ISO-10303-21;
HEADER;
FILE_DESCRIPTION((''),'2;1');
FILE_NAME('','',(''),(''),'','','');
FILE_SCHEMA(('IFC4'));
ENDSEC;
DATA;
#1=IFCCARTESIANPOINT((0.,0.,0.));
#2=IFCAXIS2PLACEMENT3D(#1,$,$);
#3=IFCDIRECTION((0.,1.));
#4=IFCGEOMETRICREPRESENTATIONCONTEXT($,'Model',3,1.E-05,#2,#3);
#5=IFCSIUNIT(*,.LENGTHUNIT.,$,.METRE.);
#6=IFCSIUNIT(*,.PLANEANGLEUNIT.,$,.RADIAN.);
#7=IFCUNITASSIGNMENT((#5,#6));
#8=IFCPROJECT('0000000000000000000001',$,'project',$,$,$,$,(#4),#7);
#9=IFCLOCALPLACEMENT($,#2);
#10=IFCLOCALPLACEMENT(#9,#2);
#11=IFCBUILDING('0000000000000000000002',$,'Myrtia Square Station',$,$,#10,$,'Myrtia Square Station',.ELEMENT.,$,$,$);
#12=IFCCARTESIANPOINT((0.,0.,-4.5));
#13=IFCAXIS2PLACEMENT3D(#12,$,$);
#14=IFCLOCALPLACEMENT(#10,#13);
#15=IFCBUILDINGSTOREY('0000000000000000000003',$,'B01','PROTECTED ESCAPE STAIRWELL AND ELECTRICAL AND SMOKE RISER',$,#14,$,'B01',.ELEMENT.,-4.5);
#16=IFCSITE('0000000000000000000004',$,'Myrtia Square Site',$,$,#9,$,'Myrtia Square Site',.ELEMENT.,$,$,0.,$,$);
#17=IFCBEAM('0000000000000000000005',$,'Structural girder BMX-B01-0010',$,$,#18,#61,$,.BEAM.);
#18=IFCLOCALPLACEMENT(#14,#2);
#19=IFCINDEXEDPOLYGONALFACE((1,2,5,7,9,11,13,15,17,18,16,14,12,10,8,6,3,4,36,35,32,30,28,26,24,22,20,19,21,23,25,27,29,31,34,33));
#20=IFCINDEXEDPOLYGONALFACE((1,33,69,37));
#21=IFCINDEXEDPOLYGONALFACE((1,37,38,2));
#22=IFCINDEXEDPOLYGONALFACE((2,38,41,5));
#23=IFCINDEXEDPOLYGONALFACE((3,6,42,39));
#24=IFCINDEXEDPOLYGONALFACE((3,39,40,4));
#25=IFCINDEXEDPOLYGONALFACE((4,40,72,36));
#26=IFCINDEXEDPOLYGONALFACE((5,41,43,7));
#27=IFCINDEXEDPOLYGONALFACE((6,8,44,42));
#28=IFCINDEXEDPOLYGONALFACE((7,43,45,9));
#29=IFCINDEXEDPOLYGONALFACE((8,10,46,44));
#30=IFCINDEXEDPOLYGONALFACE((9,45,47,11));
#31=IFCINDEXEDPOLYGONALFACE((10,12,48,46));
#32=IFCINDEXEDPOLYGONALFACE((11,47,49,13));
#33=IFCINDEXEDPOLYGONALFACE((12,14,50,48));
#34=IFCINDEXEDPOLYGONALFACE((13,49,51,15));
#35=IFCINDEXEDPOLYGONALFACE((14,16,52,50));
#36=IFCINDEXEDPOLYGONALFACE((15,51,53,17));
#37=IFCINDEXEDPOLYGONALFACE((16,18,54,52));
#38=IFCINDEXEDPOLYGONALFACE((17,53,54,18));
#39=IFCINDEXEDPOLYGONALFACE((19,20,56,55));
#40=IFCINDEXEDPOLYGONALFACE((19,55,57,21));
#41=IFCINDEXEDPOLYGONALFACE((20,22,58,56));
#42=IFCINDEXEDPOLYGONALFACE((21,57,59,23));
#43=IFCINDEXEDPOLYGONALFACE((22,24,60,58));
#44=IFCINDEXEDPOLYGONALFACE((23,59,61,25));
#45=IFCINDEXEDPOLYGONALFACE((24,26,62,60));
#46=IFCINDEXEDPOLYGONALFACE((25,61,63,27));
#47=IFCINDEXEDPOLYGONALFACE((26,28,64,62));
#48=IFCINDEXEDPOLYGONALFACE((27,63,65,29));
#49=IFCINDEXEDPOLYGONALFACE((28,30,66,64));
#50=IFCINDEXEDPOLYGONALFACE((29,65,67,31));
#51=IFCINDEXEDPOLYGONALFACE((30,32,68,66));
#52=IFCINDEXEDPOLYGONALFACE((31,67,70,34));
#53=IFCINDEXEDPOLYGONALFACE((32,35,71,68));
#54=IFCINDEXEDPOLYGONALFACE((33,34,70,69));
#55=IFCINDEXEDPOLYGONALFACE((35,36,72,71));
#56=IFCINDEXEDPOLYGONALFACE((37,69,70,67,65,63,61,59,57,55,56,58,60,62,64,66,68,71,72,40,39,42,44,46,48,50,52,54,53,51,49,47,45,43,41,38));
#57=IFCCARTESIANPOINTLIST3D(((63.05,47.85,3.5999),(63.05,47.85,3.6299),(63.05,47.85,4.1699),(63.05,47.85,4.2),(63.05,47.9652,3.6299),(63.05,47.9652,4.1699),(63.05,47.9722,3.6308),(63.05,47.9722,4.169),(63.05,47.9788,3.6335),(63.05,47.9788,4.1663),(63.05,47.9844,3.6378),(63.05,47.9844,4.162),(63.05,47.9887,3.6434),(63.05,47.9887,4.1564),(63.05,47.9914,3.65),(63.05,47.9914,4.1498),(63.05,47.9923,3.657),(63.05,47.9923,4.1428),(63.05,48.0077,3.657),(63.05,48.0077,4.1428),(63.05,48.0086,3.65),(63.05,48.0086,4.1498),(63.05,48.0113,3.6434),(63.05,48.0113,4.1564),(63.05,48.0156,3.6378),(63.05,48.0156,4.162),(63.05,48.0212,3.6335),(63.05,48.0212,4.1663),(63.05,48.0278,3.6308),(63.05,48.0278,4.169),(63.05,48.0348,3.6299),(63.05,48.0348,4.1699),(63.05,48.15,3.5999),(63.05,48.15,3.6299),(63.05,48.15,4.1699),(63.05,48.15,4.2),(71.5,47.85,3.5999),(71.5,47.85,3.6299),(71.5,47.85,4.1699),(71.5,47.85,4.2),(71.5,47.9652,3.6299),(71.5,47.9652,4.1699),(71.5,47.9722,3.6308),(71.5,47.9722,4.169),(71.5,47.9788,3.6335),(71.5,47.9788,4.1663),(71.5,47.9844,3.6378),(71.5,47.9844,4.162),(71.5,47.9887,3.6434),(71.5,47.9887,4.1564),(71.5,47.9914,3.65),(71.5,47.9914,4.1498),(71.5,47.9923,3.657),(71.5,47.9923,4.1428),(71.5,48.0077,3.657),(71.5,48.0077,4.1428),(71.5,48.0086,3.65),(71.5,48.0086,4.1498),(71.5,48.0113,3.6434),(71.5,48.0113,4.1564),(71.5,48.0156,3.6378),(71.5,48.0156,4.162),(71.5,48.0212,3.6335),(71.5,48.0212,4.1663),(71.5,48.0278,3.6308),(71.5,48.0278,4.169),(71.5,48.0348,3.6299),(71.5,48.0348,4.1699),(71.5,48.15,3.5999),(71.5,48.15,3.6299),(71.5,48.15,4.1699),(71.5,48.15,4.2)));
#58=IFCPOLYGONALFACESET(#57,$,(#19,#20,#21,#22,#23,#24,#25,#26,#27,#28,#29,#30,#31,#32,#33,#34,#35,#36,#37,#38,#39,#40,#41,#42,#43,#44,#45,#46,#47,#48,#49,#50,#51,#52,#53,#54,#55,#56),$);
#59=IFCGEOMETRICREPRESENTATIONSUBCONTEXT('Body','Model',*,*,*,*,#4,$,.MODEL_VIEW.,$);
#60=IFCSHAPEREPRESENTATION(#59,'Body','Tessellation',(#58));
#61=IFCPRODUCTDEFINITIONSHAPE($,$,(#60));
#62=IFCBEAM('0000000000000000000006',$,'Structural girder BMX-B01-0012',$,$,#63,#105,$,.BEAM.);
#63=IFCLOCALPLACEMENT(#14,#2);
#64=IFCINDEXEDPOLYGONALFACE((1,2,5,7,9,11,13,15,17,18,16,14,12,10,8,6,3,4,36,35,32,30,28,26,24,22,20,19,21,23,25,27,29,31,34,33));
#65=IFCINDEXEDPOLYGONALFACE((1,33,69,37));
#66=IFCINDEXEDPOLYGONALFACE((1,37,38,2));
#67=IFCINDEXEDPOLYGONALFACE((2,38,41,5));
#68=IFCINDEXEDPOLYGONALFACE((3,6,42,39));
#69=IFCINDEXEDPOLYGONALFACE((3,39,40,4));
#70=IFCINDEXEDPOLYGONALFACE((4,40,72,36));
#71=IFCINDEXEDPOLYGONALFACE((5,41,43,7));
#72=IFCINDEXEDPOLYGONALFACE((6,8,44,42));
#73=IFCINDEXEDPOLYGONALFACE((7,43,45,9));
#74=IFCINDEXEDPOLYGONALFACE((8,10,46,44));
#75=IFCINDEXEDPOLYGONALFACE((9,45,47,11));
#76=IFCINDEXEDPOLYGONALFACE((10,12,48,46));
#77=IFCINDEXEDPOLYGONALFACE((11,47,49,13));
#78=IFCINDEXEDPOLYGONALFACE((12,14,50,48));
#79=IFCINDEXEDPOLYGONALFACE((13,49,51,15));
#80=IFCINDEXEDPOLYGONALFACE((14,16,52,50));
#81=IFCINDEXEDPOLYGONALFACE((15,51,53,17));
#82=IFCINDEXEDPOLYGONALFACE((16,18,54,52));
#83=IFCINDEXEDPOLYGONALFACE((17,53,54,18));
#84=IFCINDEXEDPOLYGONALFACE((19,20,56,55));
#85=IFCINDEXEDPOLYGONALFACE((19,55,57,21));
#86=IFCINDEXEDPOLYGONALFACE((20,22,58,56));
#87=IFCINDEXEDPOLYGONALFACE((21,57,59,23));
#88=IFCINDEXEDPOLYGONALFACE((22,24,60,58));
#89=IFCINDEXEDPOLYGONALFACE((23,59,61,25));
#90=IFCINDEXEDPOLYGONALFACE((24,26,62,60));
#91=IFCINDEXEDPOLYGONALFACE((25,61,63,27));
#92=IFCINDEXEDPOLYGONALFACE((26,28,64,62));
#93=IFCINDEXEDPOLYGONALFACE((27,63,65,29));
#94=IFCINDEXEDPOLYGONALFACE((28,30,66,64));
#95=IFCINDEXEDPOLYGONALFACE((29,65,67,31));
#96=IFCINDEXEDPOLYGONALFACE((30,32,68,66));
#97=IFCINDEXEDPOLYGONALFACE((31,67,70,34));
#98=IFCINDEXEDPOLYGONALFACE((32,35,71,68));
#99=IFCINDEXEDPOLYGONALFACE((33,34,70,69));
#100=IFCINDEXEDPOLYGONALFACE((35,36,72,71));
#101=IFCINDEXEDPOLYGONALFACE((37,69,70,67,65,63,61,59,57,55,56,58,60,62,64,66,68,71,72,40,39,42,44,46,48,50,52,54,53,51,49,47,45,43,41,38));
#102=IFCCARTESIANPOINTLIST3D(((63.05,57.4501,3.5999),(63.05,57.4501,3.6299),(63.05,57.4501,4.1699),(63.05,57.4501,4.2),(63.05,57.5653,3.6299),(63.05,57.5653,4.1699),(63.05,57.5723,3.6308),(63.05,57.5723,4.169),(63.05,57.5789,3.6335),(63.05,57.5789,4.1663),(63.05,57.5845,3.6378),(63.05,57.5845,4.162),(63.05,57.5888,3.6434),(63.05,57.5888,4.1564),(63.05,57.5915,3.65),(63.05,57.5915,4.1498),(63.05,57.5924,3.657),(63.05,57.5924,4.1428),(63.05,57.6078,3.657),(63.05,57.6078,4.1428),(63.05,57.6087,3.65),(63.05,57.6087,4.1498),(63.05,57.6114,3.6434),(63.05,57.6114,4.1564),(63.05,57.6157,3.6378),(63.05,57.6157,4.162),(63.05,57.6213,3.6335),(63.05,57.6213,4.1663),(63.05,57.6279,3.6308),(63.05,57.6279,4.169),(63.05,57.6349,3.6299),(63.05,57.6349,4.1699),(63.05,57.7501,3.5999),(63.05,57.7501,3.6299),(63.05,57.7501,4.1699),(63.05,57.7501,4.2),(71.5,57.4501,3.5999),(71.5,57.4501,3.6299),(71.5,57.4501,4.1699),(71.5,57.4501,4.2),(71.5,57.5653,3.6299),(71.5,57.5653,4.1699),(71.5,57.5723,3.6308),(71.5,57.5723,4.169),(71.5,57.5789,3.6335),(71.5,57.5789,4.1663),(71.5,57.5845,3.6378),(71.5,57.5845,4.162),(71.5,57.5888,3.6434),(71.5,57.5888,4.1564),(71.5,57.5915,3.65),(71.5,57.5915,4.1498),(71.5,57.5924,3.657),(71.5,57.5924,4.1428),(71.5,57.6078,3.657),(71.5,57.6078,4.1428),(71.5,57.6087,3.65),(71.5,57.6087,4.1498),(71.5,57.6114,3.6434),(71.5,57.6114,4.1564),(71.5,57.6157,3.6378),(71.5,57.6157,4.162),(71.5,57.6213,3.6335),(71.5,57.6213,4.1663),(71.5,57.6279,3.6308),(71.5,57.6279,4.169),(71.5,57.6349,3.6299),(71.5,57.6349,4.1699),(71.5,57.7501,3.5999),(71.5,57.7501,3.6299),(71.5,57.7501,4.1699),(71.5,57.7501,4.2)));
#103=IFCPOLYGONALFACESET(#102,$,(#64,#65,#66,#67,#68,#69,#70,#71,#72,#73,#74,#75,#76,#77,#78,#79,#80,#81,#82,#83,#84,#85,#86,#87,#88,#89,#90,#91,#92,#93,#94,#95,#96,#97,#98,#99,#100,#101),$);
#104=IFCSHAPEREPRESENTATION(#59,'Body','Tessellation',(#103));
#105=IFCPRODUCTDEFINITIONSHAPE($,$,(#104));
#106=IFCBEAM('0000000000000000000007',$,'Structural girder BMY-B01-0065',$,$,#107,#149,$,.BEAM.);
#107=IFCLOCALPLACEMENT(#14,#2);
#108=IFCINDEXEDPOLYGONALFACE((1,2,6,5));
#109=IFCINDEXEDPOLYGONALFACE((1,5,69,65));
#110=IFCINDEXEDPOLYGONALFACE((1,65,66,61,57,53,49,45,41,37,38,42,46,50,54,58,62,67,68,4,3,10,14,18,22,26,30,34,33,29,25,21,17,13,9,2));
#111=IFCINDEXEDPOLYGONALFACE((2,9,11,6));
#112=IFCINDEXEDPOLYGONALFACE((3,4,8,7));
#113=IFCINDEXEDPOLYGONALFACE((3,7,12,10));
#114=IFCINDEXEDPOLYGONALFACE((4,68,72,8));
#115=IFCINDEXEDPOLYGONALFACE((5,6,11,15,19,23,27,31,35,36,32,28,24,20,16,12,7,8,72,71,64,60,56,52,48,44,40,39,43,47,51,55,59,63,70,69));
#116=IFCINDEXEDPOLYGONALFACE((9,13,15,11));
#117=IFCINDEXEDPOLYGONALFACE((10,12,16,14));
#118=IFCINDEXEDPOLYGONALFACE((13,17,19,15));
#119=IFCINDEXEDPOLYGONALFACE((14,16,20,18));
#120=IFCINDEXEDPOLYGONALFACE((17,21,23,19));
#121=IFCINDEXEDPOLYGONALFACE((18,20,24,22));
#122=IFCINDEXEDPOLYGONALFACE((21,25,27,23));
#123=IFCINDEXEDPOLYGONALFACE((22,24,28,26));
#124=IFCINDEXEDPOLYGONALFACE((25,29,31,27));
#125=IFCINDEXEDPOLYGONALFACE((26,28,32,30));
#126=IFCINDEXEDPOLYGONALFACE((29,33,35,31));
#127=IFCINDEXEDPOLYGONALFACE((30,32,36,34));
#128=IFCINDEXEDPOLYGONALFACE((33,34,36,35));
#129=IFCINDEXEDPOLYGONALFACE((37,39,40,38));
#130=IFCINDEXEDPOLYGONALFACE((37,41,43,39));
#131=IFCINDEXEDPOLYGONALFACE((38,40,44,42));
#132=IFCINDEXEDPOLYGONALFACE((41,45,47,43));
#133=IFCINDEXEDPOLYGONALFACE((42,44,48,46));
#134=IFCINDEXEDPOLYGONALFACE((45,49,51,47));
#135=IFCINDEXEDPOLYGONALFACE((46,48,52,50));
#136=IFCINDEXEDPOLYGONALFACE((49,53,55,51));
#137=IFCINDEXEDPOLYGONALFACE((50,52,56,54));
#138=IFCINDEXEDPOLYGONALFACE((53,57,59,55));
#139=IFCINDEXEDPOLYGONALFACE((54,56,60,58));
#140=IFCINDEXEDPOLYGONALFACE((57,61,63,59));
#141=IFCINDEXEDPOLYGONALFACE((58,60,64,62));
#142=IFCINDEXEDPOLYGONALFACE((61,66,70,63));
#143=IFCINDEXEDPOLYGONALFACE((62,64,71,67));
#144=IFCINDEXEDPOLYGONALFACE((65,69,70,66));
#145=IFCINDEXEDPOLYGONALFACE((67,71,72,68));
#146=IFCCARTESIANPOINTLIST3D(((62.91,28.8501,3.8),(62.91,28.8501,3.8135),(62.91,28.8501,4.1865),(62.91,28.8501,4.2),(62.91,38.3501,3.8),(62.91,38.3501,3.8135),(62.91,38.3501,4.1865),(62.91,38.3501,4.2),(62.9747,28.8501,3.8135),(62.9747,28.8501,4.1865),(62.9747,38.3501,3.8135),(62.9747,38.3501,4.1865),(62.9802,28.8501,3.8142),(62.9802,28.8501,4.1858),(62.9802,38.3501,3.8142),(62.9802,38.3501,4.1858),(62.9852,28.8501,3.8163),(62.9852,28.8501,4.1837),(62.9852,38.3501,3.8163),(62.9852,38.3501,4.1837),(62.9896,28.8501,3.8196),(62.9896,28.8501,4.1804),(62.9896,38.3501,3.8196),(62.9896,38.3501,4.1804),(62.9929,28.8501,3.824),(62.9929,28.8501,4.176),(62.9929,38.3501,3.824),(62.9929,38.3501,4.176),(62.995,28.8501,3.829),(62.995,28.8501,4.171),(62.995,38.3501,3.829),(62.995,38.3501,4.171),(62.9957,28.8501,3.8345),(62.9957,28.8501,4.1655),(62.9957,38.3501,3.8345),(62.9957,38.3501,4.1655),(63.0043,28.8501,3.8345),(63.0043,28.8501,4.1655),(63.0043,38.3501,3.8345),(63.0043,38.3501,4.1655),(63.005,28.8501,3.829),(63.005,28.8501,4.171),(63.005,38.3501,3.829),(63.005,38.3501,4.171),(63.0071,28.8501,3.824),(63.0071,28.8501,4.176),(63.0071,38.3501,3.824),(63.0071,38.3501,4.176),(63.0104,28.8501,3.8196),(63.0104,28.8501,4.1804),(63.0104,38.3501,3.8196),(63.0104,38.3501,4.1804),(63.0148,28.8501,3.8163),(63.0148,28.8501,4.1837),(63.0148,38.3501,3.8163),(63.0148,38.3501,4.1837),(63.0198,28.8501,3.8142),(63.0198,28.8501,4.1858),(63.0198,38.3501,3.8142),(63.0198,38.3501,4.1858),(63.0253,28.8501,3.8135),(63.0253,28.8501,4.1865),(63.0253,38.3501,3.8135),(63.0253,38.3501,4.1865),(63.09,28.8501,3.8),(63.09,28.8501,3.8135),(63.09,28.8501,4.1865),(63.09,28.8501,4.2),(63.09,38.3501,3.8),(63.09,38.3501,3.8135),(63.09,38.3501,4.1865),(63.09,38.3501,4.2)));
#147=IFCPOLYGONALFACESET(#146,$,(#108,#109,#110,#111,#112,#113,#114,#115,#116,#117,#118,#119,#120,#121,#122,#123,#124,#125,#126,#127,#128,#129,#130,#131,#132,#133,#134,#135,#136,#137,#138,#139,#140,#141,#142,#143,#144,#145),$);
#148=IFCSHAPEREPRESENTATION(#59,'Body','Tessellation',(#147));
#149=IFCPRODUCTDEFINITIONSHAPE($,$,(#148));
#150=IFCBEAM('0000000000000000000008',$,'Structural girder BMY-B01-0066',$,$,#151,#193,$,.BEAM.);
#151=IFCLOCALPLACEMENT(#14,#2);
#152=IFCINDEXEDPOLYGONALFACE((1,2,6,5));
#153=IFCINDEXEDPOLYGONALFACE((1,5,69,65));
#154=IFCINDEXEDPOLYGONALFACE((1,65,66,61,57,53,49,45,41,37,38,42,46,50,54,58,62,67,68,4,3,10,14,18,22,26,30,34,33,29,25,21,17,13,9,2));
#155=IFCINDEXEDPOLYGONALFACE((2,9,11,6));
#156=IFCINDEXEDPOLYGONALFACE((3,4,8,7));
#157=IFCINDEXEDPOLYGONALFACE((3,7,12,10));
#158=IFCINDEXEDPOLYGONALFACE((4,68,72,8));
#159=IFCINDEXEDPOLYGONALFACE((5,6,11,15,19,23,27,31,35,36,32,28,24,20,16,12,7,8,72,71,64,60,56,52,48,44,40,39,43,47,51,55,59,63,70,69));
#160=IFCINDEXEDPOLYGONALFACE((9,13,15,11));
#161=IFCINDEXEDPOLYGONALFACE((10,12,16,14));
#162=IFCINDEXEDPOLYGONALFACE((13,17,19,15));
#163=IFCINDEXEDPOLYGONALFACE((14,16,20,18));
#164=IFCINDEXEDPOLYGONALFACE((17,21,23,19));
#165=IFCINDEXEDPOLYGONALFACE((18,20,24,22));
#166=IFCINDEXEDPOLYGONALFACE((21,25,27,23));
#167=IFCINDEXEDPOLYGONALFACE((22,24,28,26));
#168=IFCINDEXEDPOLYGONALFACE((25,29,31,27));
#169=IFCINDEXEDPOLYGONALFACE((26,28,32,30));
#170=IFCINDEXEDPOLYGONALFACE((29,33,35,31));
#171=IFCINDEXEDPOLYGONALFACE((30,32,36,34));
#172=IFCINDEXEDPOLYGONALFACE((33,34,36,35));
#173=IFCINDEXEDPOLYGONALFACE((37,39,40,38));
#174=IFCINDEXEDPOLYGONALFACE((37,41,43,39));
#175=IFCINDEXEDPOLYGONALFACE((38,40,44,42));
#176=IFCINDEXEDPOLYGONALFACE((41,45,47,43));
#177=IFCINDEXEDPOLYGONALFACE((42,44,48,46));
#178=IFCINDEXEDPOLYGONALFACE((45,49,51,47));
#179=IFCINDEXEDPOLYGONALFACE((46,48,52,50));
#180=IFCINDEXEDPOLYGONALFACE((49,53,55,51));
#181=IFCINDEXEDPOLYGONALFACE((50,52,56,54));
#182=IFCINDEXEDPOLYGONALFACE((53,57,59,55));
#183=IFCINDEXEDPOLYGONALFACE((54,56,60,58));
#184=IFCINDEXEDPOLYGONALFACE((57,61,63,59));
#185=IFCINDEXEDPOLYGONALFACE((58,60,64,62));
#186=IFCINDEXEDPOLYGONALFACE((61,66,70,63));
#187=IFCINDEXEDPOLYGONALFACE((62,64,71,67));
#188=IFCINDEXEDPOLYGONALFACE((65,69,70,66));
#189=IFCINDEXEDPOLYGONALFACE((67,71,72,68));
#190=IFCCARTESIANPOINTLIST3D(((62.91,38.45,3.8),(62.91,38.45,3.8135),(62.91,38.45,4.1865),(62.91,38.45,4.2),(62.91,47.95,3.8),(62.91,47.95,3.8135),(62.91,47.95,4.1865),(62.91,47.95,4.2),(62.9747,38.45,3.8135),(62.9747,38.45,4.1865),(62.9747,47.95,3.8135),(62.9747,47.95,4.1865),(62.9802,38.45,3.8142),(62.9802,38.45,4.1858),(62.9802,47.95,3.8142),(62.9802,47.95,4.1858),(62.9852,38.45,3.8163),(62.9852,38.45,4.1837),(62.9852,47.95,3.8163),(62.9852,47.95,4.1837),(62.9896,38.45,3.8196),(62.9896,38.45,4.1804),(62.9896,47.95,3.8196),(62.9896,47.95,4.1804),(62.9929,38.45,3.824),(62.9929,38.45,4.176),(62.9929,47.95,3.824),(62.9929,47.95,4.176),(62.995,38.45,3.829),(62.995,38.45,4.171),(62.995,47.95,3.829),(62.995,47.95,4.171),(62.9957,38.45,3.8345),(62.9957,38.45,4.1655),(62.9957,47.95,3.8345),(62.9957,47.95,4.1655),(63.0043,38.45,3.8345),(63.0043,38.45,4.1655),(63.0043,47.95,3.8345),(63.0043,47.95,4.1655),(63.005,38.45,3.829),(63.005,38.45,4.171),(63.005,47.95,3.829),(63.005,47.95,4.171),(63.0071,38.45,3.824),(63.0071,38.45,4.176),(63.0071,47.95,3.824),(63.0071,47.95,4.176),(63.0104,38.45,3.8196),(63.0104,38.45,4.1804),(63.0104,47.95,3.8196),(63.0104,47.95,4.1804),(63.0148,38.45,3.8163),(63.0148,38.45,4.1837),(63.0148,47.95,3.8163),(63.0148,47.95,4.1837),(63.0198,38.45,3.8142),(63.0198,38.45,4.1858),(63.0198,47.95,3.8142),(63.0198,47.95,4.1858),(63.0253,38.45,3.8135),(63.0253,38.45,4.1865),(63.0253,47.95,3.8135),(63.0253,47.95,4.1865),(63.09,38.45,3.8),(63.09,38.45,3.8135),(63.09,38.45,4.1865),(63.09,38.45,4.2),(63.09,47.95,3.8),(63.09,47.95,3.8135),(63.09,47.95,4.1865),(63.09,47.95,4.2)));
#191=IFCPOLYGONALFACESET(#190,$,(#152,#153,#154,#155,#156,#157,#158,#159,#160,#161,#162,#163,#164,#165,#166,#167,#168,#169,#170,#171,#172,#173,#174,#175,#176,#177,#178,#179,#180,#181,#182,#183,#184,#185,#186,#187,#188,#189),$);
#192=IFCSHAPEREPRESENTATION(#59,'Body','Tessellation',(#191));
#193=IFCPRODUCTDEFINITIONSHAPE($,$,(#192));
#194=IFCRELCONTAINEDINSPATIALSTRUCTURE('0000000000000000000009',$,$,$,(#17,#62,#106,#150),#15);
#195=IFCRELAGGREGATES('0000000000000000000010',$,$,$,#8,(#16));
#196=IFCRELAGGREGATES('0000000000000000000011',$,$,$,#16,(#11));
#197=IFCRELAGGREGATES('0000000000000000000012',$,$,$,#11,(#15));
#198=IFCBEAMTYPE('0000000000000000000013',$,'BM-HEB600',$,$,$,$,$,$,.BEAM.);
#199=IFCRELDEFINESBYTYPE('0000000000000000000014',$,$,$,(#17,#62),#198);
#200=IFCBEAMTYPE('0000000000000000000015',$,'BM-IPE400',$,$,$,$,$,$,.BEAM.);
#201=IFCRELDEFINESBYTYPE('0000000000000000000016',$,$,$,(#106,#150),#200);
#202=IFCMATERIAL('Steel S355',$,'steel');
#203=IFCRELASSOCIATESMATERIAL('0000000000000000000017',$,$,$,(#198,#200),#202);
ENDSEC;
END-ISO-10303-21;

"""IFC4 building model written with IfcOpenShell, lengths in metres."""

from ifc_helpers import new_model, si_unit, direction, frame, origin, origin_2d, place, context, subcontext, project, spatial, i_section, extrude, material, material_profile, profile_set, type_object, element, save


model = new_model("IFC4")

# Units and contexts
model_context = context("Model", 3, precision=1e-05, world=origin(), true_north=direction((0.0, 1.0)))
body_context = subcontext(model_context, "Body", "Model", "MODEL_VIEW")
ifc_project = project(units=[si_unit("LENGTHUNIT", "METRE"), si_unit("PLANEANGLEUNIT", "RADIAN")], contexts=[model_context])

# Site, building, storey
site_placement = place(None, origin())
site = spatial("IfcSite", under=ifc_project, at=site_placement, Name="Myrtia Square Site", LongName="Myrtia Square Site", CompositionType="ELEMENT", RefElevation=0.0)
building_placement = place(site_placement, origin())
building = spatial("IfcBuilding", under=site, at=building_placement, Name="Myrtia Square Station", LongName="Myrtia Square Station", CompositionType="ELEMENT")
storey_placement = place(building_placement, frame((0.0, 0.0, -4.5)))
storey = spatial("IfcBuildingStorey", under=building, at=storey_placement, Name="B01", Description="PROTECTED ESCAPE STAIRWELL AND ELECTRICAL AND SMOKE RISER", LongName="B01", CompositionType="ELEMENT", Elevation=-4.5)

# Shared definitions
ifc_material_1 = material(Name="Steel S355", Category="steel")

# Beams
ifc_material_profile_1 = material_profile(ifc_material_1, i_section(OverallWidth=0.3, OverallDepth=0.6001, WebThickness=0.0154, FlangeThickness=0.03, FilletRadius=0.0271, at=origin_2d()), Name="HEB 600")
ifc_profile_set_1 = profile_set([ifc_material_profile_1], Name="Steel S355")
beam_type_1 = type_object("IfcBeamType", Name="BM-HEB600", PredefinedType="BEAM", material=ifc_profile_set_1)
for number, where, z_axis, x_axis, name in (
    (1, (63.05, 48.0, 3.8999), (1.0, 0.0, 0.0), (0.0, 1.0, 0.0), "Structural girder BMX-B01-0010"),
    (2, (63.05, 57.6001, 3.8999), (1.0, 0.0, 0.0), (0.0, 1.0, 0.0), "Structural girder BMX-B01-0012"),
):
    element("IfcBeam", number, at=place(storey_placement, frame(where, z_axis=z_axis, x_axis=x_axis)), inside=storey, type_object=beam_type_1, Name=name, PredefinedType="BEAM", context=body_context, shape_type="SweptSolid", body=[
        extrude(i_section(OverallWidth=0.3, OverallDepth=0.6001, WebThickness=0.0154, FlangeThickness=0.03, FilletRadius=0.0271, at=origin_2d()), origin(), (0.0, 0.0, 1.0), 8.45),
    ])
ifc_material_profile_2 = material_profile(ifc_material_1, i_section(OverallWidth=0.1799, OverallDepth=0.3999, WebThickness=0.0085, FlangeThickness=0.0134, FilletRadius=0.021, at=origin_2d()), Name="IPE 400")
ifc_profile_set_2 = profile_set([ifc_material_profile_2], Name="Steel S355")
beam_type_2 = type_object("IfcBeamType", Name="BM-IPE400", PredefinedType="BEAM", material=ifc_profile_set_2)
for number, where, z_axis, x_axis, name in (
    (3, (63.0, 28.8501, 4.0), (0.0, 1.0, 0.0), (-1.0, 0.0, 0.0), "Structural girder BMY-B01-0065"),
    (4, (63.0, 38.45, 4.0), (0.0, 1.0, 0.0), (-1.0, 0.0, 0.0), "Structural girder BMY-B01-0066"),
):
    element("IfcBeam", number, at=place(storey_placement, frame(where, z_axis=z_axis, x_axis=x_axis)), inside=storey, type_object=beam_type_2, Name=name, PredefinedType="BEAM", context=body_context, shape_type="SweptSolid", body=[
        extrude(i_section(OverallWidth=0.1799, OverallDepth=0.3999, WebThickness=0.0085, FlangeThickness=0.0134, FilletRadius=0.021, at=origin_2d()), origin(), (0.0, 0.0, 1.0), 9.5),
    ])

save(model, "model.ifc")
